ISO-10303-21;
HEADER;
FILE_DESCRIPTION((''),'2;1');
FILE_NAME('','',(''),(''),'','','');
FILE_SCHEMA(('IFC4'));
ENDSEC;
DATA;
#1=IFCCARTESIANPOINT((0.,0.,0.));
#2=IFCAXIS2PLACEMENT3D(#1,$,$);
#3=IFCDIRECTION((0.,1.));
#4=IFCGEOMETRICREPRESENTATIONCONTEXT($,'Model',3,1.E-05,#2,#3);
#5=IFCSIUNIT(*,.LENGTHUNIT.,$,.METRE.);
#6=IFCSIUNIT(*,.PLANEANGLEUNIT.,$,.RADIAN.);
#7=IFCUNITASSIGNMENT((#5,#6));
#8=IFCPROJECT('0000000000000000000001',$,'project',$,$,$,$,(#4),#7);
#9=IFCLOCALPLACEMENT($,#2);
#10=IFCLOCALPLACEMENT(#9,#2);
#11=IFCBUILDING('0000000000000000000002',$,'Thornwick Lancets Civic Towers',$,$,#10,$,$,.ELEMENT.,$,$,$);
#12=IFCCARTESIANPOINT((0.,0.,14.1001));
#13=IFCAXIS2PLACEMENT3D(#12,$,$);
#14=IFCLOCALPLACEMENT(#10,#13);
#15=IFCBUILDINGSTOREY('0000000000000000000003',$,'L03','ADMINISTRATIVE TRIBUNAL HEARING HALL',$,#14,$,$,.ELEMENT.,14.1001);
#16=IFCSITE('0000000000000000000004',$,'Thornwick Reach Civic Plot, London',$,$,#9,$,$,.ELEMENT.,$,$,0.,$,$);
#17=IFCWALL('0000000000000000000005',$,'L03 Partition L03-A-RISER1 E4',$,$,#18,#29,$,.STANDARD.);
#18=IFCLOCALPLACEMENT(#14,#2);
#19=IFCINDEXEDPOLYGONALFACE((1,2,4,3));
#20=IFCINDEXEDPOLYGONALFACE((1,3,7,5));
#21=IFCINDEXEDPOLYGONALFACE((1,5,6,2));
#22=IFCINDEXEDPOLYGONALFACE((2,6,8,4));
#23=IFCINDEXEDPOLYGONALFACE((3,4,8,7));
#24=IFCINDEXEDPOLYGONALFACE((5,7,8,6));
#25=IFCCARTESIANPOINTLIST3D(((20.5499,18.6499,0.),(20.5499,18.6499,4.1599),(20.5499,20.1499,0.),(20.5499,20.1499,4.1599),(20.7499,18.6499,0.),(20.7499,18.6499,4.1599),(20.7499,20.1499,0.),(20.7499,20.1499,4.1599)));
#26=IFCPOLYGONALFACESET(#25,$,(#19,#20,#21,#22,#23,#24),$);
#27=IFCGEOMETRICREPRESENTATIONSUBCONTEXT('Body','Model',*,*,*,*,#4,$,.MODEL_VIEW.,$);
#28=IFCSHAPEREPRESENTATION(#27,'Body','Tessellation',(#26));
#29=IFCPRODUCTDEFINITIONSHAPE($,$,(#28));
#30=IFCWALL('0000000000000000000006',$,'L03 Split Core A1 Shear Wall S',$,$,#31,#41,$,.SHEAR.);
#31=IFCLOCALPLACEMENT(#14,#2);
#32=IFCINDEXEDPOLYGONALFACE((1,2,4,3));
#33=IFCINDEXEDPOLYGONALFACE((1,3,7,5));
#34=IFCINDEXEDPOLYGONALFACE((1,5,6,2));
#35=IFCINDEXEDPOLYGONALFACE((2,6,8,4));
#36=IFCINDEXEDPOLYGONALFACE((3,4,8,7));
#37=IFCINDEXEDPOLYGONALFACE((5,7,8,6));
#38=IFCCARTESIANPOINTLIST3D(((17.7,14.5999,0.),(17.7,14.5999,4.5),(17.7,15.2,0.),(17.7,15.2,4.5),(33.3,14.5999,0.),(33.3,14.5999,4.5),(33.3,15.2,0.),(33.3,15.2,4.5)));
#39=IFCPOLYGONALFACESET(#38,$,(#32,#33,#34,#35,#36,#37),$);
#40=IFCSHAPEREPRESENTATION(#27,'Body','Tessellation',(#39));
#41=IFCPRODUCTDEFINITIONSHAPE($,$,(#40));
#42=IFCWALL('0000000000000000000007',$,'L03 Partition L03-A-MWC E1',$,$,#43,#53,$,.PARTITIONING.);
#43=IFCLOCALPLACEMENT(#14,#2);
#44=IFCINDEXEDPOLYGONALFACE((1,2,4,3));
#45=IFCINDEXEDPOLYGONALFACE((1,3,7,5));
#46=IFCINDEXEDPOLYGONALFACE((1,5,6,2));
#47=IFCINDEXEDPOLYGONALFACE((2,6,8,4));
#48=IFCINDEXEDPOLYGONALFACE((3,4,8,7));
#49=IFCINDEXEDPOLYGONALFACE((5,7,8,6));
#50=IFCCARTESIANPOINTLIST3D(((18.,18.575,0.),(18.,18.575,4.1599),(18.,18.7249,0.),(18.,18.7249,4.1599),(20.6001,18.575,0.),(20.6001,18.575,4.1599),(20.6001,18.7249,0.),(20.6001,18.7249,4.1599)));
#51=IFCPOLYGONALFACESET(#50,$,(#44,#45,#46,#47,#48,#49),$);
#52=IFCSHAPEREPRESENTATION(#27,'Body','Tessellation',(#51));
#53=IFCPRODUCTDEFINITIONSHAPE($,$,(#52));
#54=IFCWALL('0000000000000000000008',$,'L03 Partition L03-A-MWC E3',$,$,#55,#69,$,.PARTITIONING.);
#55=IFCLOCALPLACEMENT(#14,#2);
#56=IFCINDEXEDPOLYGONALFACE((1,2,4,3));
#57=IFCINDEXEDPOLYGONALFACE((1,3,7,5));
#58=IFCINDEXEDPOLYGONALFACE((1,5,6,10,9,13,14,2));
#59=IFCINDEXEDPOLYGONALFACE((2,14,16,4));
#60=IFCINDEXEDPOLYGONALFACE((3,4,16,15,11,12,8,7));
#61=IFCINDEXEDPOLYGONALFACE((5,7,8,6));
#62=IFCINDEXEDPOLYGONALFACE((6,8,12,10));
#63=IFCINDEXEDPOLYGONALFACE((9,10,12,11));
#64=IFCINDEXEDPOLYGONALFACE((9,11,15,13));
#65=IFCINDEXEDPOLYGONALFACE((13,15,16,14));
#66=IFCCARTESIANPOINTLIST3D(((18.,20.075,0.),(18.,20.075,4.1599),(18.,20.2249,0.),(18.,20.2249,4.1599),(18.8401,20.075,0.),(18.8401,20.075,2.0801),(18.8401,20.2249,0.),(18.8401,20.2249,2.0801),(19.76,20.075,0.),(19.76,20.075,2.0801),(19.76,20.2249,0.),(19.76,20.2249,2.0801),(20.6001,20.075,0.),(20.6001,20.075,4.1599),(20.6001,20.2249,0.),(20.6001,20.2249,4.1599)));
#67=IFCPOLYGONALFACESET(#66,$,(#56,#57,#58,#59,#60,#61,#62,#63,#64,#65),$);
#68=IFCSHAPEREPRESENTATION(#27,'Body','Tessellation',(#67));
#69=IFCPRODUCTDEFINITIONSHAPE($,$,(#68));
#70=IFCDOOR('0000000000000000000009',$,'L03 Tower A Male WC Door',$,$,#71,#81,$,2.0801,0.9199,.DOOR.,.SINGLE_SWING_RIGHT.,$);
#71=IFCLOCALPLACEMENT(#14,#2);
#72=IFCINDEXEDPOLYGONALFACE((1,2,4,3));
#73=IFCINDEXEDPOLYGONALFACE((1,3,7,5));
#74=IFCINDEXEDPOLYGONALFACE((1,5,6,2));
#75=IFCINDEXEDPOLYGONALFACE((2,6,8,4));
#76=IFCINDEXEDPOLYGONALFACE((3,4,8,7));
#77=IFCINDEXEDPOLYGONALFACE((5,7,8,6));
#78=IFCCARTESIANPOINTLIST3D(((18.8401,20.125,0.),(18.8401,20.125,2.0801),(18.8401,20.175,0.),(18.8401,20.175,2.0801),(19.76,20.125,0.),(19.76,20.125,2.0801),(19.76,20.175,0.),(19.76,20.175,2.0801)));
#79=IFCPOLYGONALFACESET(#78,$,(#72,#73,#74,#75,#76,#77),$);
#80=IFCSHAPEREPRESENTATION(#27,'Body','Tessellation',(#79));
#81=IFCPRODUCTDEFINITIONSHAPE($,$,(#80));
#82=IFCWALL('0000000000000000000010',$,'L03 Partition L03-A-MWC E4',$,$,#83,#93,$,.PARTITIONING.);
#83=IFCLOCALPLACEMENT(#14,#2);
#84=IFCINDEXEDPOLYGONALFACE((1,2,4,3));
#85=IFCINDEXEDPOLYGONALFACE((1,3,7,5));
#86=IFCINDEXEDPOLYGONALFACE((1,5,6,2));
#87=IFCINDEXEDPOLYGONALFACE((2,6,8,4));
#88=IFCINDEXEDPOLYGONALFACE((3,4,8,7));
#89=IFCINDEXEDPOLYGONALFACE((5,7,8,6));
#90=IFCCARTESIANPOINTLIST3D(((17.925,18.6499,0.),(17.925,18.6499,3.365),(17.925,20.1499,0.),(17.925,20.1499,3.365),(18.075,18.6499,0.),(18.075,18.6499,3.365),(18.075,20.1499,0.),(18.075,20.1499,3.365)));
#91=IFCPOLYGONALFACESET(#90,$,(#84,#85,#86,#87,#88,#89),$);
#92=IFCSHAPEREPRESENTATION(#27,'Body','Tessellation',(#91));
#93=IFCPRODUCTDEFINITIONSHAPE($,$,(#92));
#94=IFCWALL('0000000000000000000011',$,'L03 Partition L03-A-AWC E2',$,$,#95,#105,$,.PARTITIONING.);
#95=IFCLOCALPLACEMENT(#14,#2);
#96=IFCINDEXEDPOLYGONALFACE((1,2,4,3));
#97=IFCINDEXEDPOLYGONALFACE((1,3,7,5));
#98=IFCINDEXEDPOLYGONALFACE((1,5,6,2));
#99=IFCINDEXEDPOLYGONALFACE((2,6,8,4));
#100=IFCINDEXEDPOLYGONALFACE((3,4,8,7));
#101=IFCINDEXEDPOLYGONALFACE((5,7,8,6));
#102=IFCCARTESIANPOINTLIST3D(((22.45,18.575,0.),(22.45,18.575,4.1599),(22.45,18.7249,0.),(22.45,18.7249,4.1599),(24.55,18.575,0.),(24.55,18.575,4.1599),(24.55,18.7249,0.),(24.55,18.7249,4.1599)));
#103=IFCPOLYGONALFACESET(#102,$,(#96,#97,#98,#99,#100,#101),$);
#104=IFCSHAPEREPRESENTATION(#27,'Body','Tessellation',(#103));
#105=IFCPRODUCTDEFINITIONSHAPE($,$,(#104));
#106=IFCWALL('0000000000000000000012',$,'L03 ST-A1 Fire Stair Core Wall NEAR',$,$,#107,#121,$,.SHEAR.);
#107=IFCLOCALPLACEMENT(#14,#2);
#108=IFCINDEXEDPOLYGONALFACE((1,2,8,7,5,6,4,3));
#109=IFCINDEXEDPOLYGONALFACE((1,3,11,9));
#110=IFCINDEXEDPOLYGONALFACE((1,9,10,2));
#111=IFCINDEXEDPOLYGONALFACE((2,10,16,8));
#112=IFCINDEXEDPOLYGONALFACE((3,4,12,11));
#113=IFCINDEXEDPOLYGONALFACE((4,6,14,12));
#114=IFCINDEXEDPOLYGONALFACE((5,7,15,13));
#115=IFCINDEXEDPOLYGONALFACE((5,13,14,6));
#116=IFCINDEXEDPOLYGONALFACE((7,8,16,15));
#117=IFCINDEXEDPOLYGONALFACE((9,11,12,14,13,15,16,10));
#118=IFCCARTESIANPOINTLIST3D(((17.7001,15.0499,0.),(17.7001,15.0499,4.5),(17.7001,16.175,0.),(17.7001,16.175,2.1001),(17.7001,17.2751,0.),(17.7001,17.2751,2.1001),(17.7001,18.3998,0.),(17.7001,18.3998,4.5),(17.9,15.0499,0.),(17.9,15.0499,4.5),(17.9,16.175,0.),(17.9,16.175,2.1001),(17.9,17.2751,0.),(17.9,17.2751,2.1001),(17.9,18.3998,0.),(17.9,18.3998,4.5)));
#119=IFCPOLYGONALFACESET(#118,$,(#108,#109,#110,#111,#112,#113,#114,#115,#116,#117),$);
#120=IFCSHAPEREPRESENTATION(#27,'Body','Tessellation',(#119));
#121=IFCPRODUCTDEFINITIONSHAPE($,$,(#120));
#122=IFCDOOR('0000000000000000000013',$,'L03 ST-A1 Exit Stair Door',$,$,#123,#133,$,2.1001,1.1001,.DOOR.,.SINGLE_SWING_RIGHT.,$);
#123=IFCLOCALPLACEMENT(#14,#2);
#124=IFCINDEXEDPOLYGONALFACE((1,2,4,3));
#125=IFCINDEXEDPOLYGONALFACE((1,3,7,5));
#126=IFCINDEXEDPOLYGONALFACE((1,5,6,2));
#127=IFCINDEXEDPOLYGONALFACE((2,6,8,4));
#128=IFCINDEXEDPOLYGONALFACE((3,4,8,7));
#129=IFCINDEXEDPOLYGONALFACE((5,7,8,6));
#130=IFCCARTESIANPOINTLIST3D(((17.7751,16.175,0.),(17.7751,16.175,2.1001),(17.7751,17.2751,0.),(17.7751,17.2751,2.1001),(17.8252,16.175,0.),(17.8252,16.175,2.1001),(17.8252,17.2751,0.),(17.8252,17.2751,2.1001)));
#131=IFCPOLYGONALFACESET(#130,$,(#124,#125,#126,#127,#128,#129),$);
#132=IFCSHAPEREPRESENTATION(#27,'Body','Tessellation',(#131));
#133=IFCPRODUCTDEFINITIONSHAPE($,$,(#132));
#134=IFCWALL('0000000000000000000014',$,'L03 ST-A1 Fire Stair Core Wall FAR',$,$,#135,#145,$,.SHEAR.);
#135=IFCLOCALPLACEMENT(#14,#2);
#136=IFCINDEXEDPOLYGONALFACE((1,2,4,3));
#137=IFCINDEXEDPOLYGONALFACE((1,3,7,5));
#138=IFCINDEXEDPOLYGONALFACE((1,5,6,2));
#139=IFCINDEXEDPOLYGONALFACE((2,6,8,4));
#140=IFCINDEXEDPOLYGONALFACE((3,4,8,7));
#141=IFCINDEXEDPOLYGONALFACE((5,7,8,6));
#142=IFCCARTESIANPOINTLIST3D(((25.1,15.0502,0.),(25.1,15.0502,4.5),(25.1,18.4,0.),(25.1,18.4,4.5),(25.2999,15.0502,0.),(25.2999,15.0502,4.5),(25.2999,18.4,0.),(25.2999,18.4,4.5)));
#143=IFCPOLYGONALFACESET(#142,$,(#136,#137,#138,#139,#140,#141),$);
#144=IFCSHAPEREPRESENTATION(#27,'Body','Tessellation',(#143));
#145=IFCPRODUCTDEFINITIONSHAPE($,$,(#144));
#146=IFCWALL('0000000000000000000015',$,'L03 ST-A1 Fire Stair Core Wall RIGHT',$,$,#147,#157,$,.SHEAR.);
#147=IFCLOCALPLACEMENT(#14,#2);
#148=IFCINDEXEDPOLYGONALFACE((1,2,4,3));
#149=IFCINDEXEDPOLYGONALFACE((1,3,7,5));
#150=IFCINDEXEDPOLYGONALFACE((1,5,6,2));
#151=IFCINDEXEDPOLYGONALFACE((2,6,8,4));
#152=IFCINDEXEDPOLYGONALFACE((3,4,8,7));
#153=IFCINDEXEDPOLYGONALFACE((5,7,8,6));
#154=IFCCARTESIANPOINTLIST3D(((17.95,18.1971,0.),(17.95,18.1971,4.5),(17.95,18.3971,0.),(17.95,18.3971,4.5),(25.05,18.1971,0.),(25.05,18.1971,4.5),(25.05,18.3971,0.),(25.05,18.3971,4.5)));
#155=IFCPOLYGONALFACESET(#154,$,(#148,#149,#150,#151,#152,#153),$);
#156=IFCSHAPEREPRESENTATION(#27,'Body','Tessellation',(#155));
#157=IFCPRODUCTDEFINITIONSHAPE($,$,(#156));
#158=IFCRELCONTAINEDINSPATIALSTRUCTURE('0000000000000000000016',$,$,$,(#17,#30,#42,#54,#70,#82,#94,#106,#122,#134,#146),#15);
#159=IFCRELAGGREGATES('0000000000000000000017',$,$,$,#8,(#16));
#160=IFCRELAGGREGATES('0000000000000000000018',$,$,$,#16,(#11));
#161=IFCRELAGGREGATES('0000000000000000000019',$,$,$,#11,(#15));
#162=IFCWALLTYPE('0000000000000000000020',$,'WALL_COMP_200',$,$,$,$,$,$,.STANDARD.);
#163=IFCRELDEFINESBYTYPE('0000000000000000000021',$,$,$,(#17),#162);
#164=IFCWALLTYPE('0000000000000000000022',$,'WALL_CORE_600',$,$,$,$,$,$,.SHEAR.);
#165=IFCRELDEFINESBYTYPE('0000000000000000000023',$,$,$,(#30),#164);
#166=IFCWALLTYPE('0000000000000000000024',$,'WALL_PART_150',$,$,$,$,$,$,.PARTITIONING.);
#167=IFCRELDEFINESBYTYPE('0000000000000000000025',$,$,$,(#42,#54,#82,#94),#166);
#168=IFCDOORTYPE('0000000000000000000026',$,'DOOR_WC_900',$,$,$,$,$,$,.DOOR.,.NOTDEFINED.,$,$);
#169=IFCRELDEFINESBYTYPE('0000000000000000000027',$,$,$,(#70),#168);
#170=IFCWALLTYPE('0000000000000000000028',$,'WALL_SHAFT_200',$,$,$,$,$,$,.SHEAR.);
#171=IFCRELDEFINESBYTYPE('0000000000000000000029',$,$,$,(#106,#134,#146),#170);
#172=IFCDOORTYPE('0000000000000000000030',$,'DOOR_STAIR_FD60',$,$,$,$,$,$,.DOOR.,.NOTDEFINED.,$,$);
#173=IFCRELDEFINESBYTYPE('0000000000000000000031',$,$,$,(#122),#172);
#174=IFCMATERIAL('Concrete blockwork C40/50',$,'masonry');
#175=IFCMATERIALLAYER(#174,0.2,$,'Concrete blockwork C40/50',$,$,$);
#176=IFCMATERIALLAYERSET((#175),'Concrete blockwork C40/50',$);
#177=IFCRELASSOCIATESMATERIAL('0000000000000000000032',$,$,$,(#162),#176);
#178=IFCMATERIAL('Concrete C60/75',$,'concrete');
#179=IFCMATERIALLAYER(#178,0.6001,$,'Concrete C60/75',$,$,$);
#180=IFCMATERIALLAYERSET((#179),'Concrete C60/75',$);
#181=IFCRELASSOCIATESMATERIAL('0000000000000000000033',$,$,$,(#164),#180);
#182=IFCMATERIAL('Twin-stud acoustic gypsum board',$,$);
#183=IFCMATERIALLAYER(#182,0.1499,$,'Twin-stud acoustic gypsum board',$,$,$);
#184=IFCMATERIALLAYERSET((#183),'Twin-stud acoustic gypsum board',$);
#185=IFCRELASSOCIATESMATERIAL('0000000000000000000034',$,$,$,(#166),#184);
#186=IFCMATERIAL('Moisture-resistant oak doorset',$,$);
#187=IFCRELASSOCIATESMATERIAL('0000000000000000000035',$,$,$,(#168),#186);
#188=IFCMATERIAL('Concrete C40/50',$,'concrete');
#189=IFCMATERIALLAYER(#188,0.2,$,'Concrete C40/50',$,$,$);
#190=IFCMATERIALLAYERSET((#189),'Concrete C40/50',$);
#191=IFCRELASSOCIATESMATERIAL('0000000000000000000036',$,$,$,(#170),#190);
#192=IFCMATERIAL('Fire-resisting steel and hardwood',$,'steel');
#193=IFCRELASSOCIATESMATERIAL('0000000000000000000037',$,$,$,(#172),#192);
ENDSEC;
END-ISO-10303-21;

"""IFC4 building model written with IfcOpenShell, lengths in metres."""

from ifc_helpers import new_model, si_unit, direction, frame, frame_2d, origin, place, context, subcontext, project, spatial, rectangle, extrude, material, layer, layer_set, type_object, element, fill, save


model = new_model("IFC4")

# Units and contexts
model_context = context("Model", 3, precision=1e-05, world=origin(), true_north=direction((0.0, 1.0)))
body_context = subcontext(model_context, "Body", "Model", "MODEL_VIEW")
ifc_project = project(units=[si_unit("LENGTHUNIT", "METRE"), si_unit("PLANEANGLEUNIT", "RADIAN")], contexts=[model_context])

# Site, building, storey
site_placement = place(None, origin())
site = spatial("IfcSite", under=ifc_project, at=site_placement, Name="Thornwick Reach Civic Plot, London", CompositionType="ELEMENT", RefElevation=0.0)
building_placement = place(site_placement, origin())
building = spatial("IfcBuilding", under=site, at=building_placement, Name="Thornwick Lancets Civic Towers", CompositionType="ELEMENT")
storey_placement = place(building_placement, frame((0.0, 0.0, 14.1001)))
storey = spatial("IfcBuildingStorey", under=building, at=storey_placement, Name="L03", Description="ADMINISTRATIVE TRIBUNAL HEARING HALL", CompositionType="ELEMENT", Elevation=14.1001)

# Shared definitions
ifc_material_1 = material(Name="Concrete C60/75", Category="concrete")

# Shared definitions
ifc_material_2 = material(Name="Concrete C40/50", Category="concrete")

# Shared definitions
ifc_material_3 = material(Name="Concrete blockwork C40/50", Category="masonry")
ifc_layer_1 = layer(ifc_material_3, 0.2, Name="Concrete blockwork C40/50")
ifc_layer_set_1 = layer_set([ifc_layer_1], Name="Concrete blockwork C40/50")
wall_type_1 = type_object("IfcWallType", Name="WALL_COMP_200", PredefinedType="STANDARD", material=ifc_layer_set_1)

# Walls
for number, where, z_axis, x_axis, name in (
    (1, (20.6499, 20.1499, 0.0), (0.0, 0.0, 1.0), (0.0, -1.0, 0.0), "L03 Partition L03-A-RISER1 E4"),
):
    element("IfcWall", number, at=place(storey_placement, frame(where, z_axis=z_axis, x_axis=x_axis)), inside=storey, type_object=wall_type_1, Name=name, PredefinedType="STANDARD", context=body_context, shape_type="SweptSolid", body=[
        extrude(rectangle(XDim=1.5, YDim=0.2, at=frame_2d((0.75, 0.0))), origin(), (0.0, 0.0, 1.0), 4.1599),
    ])
ifc_layer_2 = layer(ifc_material_1, 0.6001, Name="Concrete C60/75")
ifc_layer_set_2 = layer_set([ifc_layer_2], Name="Concrete C60/75")
wall_type_2 = type_object("IfcWallType", Name="WALL_CORE_600", PredefinedType="SHEAR", material=ifc_layer_set_2)
wall_1_placement = place(storey_placement, frame((17.7, 14.8999, 0.0), z_axis=(0.0, 0.0, 1.0), x_axis=(1.0, 0.0, 0.0)))
element("IfcWall", 2, at=wall_1_placement, inside=storey, type_object=wall_type_2, Name="L03 Split Core A1 Shear Wall S", PredefinedType="SHEAR", context=body_context, shape_type="SweptSolid", body=[
    extrude(rectangle(XDim=15.6001, YDim=0.6001, at=frame_2d((7.8, 0.0))), origin(), (0.0, 0.0, 1.0), 4.5),
])
ifc_material_4 = material(Name="Twin-stud acoustic gypsum board")
ifc_layer_3 = layer(ifc_material_4, 0.1499, Name="Twin-stud acoustic gypsum board")
ifc_layer_set_3 = layer_set([ifc_layer_3], Name="Twin-stud acoustic gypsum board")
wall_type_3 = type_object("IfcWallType", Name="WALL_PART_150", PredefinedType="PARTITIONING", material=ifc_layer_set_3)
wall_2_placement = place(storey_placement, frame((18.0, 18.6499, 0.0), z_axis=(0.0, 0.0, 1.0), x_axis=(1.0, 0.0, 0.0)))
element("IfcWall", 3, at=wall_2_placement, inside=storey, type_object=wall_type_3, Name="L03 Partition L03-A-MWC E1", PredefinedType="PARTITIONING", context=body_context, shape_type="SweptSolid", body=[
    extrude(rectangle(XDim=2.6001, YDim=0.1499, at=frame_2d((1.3, 0.0))), origin(), (0.0, 0.0, 1.0), 4.1599),
])

# Wall, opening, door
wall_3_placement = place(storey_placement, frame((20.6001, 20.1499, 0.0), z_axis=(0.0, 0.0, 1.0), x_axis=(-1.0, 0.0, 0.0)))
wall_3 = element("IfcWall", 4, at=wall_3_placement, inside=storey, type_object=wall_type_3, Name="L03 Partition L03-A-MWC E3", PredefinedType="PARTITIONING", context=body_context, shape_type="SweptSolid", body=[
    extrude(rectangle(XDim=2.6001, YDim=0.1499, at=frame_2d((1.3, 0.0))), origin(), (0.0, 0.0, 1.0), 4.1599),
])
opening_1_placement = place(wall_3_placement, frame((0.8401, 0.0, 0.0)))
opening_1 = element("IfcOpeningElement", 5, at=opening_1_placement, cuts=wall_3, PredefinedType="OPENING", context=body_context, shape_type="SweptSolid", body=[
    extrude(rectangle(XDim=0.9199, YDim=2.0801, at=frame_2d((0.46, 1.04))), frame((0.0, 0.085, 0.0), z_axis=(0.0, -1.0, 0.0), x_axis=(1.0, 0.0, 0.0)), (0.0, 0.0, 1.0), 0.1699),
])
ifc_material_5 = material(Name="Moisture-resistant oak doorset")
door_type_1 = type_object("IfcDoorType", Name="DOOR_WC_900", OperationType="NOTDEFINED", PredefinedType="DOOR", material=ifc_material_5)
door_1_placement = place(opening_1_placement, origin())
door_1 = element("IfcDoor", 6, at=door_1_placement, inside=storey, type_object=door_type_1, Name="L03 Tower A Male WC Door", OperationType="SINGLE_SWING_RIGHT", OverallHeight=2.0801, OverallWidth=0.9199, PredefinedType="DOOR", context=body_context, shape_type="SweptSolid", body=[
    extrude(rectangle(XDim=0.9199, YDim=2.0801, at=frame_2d((0.46, 1.04))), frame((0.0, 0.0249, 0.0), z_axis=(0.0, -1.0, 0.0), x_axis=(1.0, 0.0, 0.0)), (0.0, 0.0, 1.0), 0.05),
])
fill(opening_1, door_1)

# Walls
wall_4_placement = place(storey_placement, frame((18.0, 20.1499, 0.0), z_axis=(0.0, 0.0, 1.0), x_axis=(0.0, -1.0, 0.0)))
element("IfcWall", 7, at=wall_4_placement, inside=storey, type_object=wall_type_3, Name="L03 Partition L03-A-MWC E4", PredefinedType="PARTITIONING", context=body_context, shape_type="SweptSolid", body=[
    extrude(rectangle(XDim=1.5, YDim=0.1499, at=frame_2d((0.75, 0.0))), origin(), (0.0, 0.0, 1.0), 3.365),
])
wall_5_placement = place(storey_placement, frame((24.55, 18.6499, 0.0), z_axis=(0.0, 0.0, 1.0), x_axis=(-1.0, 0.0, 0.0)))
element("IfcWall", 8, at=wall_5_placement, inside=storey, type_object=wall_type_3, Name="L03 Partition L03-A-AWC E2", PredefinedType="PARTITIONING", context=body_context, shape_type="SweptSolid", body=[
    extrude(rectangle(XDim=2.1001, YDim=0.1499, at=frame_2d((1.05, 0.0))), origin(), (0.0, 0.0, 1.0), 4.1599),
])

# Wall, opening, door
ifc_layer_4 = layer(ifc_material_2, 0.2, Name="Concrete C40/50")
ifc_layer_set_4 = layer_set([ifc_layer_4], Name="Concrete C40/50")
wall_type_4 = type_object("IfcWallType", Name="WALL_SHAFT_200", PredefinedType="SHEAR", material=ifc_layer_set_4)
wall_6_placement = place(storey_placement, frame((17.8, 15.05, 0.0), z_axis=(0.0, 0.0, 1.0), x_axis=(0.0, 1.0, 0.0)))
wall_6 = element("IfcWall", 9, at=wall_6_placement, inside=storey, type_object=wall_type_4, Name="L03 ST-A1 Fire Stair Core Wall NEAR", PredefinedType="SHEAR", context=body_context, shape_type="SweptSolid", body=[
    extrude(rectangle(XDim=3.3499, YDim=0.2, at=frame_2d((1.6748, 0.0))), origin(), (0.0, 0.0, 1.0), 4.5),
])
opening_2_placement = place(wall_6_placement, frame((1.125, 0.0, 0.0)))
opening_2 = element("IfcOpeningElement", 10, at=opening_2_placement, cuts=wall_6, PredefinedType="OPENING", context=body_context, shape_type="SweptSolid", body=[
    extrude(rectangle(XDim=1.1001, YDim=2.1001, at=frame_2d((0.55, 1.05))), frame((0.0, 0.1099, 0.0), z_axis=(0.0, -1.0, 0.0), x_axis=(1.0, 0.0, 0.0)), (0.0, 0.0, 1.0), 0.22),
])
ifc_material_6 = material(Name="Fire-resisting steel and hardwood", Category="steel")
door_type_2 = type_object("IfcDoorType", Name="DOOR_STAIR_FD60", OperationType="NOTDEFINED", PredefinedType="DOOR", material=ifc_material_6)
door_2_placement = place(opening_2_placement, origin())
door_2 = element("IfcDoor", 11, at=door_2_placement, inside=storey, type_object=door_type_2, Name="L03 ST-A1 Exit Stair Door", OperationType="SINGLE_SWING_RIGHT", OverallHeight=2.1001, OverallWidth=1.1001, PredefinedType="DOOR", context=body_context, shape_type="SweptSolid", body=[
    extrude(rectangle(XDim=1.1001, YDim=2.1001, at=frame_2d((0.55, 1.05))), frame((0.0, 0.0249, 0.0), z_axis=(0.0, -1.0, 0.0), x_axis=(1.0, 0.0, 0.0)), (0.0, 0.0, 1.0), 0.05),
])
fill(opening_2, door_2)

# Walls
wall_7_placement = place(storey_placement, frame((25.2, 18.3999, 0.0), z_axis=(0.0, 0.0, 1.0), x_axis=(0.0, -1.0, 0.0)))
element("IfcWall", 12, at=wall_7_placement, inside=storey, type_object=wall_type_4, Name="L03 ST-A1 Fire Stair Core Wall FAR", PredefinedType="SHEAR", context=body_context, shape_type="SweptSolid", body=[
    extrude(rectangle(XDim=3.3499, YDim=0.2, at=frame_2d((1.6748, 0.0))), origin(), (0.0, 0.0, 1.0), 4.5),
])
wall_8_placement = place(storey_placement, frame((25.05, 18.2971, 0.0), z_axis=(0.0, 0.0, 1.0), x_axis=(-1.0, 0.0, 0.0)))
element("IfcWall", 13, at=wall_8_placement, inside=storey, type_object=wall_type_4, Name="L03 ST-A1 Fire Stair Core Wall RIGHT", PredefinedType="SHEAR", context=body_context, shape_type="SweptSolid", body=[
    extrude(rectangle(XDim=7.1001, YDim=0.2, at=frame_2d((3.55, 0.0))), origin(), (0.0, 0.0, 1.0), 4.5),
])

save(model, "model.ifc")
